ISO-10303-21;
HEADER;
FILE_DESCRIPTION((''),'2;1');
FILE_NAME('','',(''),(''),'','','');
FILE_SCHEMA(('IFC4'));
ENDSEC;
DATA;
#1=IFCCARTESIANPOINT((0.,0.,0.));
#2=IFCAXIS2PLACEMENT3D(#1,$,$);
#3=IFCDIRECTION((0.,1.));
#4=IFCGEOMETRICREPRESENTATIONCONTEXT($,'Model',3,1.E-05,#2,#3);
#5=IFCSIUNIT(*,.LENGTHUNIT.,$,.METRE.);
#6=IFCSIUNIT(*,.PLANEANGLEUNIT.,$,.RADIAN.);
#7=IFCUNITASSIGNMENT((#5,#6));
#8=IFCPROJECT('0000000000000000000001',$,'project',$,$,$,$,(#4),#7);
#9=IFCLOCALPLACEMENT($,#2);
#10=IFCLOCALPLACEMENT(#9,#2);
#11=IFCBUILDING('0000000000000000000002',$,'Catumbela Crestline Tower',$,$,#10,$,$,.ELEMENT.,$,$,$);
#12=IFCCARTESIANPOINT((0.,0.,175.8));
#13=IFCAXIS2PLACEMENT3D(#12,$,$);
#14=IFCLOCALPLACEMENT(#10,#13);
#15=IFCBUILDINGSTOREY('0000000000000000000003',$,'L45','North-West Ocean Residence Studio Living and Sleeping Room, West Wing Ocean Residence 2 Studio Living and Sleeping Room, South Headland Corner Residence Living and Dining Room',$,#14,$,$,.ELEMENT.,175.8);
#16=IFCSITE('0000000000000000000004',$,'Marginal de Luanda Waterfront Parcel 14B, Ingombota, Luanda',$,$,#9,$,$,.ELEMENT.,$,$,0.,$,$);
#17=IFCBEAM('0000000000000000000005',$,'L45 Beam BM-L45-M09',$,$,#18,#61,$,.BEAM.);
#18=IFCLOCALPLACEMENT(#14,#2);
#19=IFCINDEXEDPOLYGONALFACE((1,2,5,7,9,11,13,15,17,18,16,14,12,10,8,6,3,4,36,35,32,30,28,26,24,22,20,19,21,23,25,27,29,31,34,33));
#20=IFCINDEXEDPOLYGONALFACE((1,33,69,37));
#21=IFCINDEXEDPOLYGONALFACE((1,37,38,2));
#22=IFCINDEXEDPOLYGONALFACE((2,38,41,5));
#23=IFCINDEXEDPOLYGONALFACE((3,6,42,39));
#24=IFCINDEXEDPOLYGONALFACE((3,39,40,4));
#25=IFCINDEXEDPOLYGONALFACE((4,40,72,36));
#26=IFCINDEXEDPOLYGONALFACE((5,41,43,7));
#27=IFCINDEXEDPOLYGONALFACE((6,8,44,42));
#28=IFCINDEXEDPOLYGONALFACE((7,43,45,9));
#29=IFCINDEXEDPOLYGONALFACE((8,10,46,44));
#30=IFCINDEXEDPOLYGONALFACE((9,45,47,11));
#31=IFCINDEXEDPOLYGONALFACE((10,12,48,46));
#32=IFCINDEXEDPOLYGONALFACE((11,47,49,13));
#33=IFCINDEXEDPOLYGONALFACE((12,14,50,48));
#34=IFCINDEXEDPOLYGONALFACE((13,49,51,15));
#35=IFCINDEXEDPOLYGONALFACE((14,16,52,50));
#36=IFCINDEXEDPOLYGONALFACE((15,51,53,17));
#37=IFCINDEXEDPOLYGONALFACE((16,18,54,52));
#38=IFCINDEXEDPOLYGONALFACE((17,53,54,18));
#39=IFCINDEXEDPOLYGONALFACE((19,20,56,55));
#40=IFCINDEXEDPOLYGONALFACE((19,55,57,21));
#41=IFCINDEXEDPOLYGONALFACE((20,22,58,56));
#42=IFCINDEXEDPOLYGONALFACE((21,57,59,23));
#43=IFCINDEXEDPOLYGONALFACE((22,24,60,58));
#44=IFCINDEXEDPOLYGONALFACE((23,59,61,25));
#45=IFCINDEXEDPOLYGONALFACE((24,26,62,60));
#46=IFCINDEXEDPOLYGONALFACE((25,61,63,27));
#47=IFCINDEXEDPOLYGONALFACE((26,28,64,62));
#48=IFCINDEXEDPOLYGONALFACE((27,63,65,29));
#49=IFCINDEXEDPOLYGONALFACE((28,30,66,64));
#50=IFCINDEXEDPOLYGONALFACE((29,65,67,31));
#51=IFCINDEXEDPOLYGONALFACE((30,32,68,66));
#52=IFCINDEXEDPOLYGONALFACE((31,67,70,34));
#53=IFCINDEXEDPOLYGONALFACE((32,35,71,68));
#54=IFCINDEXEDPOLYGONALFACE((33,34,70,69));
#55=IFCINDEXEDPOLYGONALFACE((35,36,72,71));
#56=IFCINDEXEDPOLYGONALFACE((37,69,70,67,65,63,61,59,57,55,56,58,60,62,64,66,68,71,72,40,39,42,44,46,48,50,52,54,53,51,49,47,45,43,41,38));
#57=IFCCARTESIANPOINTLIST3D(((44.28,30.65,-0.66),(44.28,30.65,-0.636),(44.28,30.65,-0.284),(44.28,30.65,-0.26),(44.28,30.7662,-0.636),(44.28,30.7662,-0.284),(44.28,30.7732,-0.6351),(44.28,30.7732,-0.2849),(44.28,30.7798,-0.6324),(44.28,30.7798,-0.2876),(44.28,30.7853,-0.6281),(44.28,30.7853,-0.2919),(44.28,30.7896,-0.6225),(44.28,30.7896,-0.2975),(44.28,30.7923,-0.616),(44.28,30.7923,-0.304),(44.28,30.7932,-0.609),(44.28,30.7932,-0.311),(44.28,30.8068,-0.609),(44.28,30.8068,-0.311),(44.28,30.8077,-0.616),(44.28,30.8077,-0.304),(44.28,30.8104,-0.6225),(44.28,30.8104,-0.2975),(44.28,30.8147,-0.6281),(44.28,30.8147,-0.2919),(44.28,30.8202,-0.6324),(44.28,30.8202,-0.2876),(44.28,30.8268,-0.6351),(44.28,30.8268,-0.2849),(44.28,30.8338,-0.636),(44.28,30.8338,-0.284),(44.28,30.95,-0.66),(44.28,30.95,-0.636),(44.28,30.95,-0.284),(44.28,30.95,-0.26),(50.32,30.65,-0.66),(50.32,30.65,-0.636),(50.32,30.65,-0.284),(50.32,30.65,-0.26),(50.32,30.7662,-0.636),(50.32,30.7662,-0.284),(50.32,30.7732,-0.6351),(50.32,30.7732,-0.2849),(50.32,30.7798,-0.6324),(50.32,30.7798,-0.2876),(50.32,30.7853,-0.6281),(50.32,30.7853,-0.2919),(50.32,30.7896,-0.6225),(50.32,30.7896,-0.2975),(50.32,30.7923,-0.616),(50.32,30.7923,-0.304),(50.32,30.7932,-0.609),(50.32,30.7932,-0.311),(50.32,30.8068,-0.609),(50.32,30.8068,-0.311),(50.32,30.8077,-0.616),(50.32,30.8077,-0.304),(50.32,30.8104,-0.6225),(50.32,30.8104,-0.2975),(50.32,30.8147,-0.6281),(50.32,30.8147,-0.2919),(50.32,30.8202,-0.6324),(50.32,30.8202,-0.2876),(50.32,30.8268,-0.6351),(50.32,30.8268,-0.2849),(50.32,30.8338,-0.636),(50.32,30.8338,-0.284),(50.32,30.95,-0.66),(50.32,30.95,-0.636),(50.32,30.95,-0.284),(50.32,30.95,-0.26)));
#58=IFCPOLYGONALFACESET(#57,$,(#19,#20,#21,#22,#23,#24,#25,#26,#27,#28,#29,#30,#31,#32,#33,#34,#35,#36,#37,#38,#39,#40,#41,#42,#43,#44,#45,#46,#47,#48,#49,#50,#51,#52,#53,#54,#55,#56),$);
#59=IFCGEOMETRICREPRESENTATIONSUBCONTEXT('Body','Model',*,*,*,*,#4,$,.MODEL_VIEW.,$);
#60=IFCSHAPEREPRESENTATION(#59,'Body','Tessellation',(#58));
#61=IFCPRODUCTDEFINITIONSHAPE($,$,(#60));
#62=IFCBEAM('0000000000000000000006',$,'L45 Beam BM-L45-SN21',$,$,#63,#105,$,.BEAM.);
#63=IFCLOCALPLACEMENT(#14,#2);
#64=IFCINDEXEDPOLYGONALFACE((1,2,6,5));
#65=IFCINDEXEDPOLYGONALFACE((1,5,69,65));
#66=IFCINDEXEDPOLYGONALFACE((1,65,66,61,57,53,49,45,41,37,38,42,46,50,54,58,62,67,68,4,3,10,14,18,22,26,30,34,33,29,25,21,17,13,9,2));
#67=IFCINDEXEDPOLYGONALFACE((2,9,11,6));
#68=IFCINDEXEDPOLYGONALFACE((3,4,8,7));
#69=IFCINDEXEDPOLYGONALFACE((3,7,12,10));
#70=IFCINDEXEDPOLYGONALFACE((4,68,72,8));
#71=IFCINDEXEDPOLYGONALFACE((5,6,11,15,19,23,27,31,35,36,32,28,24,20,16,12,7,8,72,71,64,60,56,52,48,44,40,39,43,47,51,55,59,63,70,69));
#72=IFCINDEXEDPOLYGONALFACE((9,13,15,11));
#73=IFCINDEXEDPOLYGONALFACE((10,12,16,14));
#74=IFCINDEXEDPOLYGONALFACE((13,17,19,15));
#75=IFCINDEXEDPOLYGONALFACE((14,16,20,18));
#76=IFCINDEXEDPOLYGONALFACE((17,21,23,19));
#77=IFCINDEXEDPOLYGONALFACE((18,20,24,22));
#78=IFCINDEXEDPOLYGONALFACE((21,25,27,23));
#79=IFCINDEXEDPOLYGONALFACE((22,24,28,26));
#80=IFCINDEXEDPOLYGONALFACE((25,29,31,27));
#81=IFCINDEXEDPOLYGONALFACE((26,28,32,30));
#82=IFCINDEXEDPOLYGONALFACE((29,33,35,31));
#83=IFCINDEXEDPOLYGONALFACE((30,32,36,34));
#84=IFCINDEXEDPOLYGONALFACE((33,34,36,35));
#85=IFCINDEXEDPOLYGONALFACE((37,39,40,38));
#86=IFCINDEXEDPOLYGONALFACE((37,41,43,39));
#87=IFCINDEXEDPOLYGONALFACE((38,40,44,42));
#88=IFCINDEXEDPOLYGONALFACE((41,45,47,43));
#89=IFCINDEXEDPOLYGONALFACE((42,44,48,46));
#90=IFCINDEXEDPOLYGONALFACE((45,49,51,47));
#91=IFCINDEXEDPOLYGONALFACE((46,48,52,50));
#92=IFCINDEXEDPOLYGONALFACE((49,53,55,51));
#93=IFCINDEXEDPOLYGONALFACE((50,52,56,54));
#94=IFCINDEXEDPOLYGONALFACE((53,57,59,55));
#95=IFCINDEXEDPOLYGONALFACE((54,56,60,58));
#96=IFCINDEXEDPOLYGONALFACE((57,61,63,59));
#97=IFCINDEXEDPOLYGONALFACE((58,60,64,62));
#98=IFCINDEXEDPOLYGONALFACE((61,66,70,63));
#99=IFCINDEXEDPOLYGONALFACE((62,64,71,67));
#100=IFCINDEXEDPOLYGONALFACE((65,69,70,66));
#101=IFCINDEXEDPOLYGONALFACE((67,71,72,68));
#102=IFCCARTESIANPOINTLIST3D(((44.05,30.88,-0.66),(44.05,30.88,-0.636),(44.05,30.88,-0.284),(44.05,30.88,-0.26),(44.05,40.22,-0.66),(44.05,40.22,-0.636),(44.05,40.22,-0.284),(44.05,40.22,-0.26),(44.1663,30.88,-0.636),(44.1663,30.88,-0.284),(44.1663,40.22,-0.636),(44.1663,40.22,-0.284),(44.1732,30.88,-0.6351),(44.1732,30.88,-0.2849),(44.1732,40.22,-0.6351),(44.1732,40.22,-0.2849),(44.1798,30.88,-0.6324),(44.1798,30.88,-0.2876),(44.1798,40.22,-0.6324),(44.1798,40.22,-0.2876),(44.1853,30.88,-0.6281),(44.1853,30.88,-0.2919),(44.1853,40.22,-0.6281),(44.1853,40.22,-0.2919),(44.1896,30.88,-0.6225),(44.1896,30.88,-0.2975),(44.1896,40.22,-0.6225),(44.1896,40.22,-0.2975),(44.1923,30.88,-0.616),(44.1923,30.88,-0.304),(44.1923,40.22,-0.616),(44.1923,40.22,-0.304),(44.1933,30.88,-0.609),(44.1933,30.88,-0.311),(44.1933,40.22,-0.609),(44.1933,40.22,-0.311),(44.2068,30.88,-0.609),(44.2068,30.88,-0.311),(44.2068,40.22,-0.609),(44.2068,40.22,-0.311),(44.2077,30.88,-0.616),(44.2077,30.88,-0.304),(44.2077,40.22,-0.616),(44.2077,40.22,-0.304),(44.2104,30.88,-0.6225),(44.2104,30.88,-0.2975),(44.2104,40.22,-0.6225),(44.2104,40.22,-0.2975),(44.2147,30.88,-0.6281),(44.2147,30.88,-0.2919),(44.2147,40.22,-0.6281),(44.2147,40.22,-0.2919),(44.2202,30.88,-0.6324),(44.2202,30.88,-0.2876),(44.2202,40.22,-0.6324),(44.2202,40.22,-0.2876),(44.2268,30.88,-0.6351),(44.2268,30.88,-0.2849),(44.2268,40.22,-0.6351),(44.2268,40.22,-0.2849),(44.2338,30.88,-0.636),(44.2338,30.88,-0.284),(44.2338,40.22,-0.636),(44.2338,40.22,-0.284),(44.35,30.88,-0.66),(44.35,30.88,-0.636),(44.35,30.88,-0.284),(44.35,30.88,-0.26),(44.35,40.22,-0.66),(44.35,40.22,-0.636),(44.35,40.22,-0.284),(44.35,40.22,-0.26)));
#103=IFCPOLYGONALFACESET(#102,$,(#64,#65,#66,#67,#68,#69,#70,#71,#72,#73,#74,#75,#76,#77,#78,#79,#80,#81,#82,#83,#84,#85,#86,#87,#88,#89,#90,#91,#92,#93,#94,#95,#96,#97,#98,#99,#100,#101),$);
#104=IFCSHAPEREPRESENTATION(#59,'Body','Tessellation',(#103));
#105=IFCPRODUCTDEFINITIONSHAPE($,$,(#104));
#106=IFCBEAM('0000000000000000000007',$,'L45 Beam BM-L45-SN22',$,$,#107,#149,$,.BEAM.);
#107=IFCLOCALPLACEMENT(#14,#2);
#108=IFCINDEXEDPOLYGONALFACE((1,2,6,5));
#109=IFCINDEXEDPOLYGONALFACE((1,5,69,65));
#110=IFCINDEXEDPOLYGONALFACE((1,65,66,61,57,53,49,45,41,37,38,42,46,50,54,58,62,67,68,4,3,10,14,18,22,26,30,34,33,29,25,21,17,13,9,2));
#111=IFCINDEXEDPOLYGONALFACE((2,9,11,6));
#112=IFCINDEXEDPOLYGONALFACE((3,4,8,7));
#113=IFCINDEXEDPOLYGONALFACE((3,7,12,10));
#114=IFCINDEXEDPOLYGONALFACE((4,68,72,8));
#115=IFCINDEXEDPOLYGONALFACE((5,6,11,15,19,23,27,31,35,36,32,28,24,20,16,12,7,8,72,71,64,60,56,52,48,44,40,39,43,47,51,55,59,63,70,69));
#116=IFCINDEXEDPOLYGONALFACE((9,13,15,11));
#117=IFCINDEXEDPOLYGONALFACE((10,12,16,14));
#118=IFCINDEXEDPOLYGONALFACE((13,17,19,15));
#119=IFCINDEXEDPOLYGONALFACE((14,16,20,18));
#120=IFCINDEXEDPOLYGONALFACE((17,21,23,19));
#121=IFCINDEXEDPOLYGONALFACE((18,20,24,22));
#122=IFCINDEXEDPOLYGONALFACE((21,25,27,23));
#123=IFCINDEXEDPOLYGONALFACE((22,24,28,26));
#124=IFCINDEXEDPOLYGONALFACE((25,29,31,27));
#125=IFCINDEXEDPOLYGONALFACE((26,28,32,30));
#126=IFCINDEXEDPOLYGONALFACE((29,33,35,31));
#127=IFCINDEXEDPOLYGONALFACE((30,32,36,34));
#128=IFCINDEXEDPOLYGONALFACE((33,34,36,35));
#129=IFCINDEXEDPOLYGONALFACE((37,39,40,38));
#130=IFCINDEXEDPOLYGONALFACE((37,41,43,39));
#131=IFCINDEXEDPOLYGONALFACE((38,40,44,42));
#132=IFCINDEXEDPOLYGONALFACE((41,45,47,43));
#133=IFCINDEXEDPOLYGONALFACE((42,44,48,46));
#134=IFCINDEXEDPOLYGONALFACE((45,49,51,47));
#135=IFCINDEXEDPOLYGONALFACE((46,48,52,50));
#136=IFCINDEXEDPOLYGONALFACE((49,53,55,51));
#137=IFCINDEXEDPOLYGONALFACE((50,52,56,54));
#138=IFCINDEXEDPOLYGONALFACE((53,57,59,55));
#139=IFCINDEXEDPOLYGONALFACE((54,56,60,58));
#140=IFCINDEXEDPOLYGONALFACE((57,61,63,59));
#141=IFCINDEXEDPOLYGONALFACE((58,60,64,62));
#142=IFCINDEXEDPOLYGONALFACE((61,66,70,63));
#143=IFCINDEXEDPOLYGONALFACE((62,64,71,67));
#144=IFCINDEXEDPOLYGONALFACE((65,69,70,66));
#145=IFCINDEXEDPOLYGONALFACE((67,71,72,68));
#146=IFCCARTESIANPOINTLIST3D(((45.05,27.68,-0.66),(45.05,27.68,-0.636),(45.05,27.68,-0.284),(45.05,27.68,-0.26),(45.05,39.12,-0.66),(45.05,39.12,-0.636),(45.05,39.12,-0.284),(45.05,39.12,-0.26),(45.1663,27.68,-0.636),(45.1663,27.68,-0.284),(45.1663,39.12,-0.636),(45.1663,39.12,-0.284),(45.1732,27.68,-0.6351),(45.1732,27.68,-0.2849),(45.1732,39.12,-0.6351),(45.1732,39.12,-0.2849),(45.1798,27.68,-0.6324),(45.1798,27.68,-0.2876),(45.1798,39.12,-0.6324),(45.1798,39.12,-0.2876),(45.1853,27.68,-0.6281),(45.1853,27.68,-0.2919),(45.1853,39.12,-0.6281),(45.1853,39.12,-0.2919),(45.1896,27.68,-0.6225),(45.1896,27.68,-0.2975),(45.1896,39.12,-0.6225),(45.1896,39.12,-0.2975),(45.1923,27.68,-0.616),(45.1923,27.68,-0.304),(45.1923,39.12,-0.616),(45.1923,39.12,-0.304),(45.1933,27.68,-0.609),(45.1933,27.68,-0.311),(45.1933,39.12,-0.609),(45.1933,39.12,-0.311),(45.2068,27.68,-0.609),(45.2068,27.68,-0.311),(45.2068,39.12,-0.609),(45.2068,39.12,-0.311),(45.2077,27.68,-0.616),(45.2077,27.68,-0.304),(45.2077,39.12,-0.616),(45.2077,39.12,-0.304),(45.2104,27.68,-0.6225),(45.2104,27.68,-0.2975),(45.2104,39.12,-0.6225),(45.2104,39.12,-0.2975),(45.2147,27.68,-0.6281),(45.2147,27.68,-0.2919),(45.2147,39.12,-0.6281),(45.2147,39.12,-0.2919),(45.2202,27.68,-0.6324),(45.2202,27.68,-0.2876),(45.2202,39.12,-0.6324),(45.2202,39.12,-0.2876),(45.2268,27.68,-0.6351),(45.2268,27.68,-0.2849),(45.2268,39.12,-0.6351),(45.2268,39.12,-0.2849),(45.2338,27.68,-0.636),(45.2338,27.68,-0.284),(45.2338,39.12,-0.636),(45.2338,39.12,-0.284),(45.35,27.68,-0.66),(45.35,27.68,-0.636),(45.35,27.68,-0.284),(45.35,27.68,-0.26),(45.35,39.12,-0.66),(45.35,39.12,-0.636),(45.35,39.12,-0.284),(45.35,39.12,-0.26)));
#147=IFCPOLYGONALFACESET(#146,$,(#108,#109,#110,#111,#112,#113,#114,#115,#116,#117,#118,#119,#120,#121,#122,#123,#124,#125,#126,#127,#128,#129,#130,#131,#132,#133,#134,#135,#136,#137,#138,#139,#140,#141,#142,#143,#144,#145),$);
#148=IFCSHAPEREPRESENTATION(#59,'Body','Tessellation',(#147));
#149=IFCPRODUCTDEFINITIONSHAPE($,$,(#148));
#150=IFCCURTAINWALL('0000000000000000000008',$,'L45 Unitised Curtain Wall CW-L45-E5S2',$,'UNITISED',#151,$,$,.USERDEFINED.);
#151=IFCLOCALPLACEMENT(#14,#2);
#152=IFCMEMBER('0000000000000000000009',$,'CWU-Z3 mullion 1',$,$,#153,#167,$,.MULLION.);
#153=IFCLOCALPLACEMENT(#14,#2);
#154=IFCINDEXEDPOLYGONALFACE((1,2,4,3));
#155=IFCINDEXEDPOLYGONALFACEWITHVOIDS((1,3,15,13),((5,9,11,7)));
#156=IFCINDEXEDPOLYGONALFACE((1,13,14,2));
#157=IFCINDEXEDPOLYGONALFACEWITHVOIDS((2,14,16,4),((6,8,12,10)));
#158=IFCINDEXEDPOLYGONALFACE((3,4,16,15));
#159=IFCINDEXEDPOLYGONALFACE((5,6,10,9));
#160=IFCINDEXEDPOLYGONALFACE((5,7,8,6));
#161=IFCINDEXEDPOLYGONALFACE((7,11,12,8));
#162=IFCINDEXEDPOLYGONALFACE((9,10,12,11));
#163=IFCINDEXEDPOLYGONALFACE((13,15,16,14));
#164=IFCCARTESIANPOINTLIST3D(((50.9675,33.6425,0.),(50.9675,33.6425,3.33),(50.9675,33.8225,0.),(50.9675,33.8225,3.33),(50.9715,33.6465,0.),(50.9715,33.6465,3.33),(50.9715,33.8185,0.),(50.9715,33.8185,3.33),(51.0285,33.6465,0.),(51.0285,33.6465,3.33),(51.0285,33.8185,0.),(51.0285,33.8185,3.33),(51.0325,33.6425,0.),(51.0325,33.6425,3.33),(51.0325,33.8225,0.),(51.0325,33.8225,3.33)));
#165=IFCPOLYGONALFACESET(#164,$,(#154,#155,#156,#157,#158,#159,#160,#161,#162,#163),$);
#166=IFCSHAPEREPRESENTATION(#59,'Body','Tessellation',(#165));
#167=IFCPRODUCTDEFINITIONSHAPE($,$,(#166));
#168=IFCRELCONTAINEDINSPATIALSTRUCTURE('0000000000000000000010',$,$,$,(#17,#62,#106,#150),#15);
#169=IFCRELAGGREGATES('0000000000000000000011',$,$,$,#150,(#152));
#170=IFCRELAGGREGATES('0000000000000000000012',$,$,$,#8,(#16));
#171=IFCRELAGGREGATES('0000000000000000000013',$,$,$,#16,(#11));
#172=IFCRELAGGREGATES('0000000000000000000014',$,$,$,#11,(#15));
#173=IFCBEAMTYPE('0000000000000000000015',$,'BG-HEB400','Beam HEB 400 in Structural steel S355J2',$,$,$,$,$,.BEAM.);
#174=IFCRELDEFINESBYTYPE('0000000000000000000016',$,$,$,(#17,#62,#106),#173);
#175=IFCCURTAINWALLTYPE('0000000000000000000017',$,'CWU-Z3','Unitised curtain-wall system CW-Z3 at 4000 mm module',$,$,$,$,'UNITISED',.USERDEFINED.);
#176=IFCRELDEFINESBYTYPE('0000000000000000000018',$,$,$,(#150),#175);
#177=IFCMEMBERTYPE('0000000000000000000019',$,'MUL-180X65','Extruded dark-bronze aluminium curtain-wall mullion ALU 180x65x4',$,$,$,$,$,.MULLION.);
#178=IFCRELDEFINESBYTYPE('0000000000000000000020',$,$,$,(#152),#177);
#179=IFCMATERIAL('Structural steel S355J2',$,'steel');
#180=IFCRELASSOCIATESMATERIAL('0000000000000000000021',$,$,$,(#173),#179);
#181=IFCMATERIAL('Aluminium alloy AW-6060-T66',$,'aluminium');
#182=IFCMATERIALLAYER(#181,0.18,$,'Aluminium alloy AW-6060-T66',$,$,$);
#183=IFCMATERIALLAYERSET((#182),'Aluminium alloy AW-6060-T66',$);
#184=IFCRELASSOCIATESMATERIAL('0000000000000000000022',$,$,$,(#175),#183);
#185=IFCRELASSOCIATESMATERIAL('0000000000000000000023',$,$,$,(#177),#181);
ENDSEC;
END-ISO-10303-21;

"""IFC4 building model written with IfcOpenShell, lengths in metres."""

from ifc_helpers import new_model, si_unit, direction, frame, origin, origin_2d, place, context, subcontext, project, spatial, hollow_rectangle, i_section, extrude, material, layer, layer_set, material_profile, profile_set, type_object, element, aggregate, save


model = new_model("IFC4")

# Units and contexts
model_context = context("Model", 3, precision=1e-05, world=origin(), true_north=direction((0.0, 1.0)))
body_context = subcontext(model_context, "Body", "Model", "MODEL_VIEW")
ifc_project = project(units=[si_unit("LENGTHUNIT", "METRE"), si_unit("PLANEANGLEUNIT", "RADIAN")], contexts=[model_context])

# Site, building, storey
site_placement = place(None, origin())
site = spatial("IfcSite", under=ifc_project, at=site_placement, Name="Marginal de Luanda Waterfront Parcel 14B, Ingombota, Luanda", CompositionType="ELEMENT", RefElevation=0.0)
building_placement = place(site_placement, origin())
building = spatial("IfcBuilding", under=site, at=building_placement, Name="Catumbela Crestline Tower", CompositionType="ELEMENT")
storey_placement = place(building_placement, frame((0.0, 0.0, 175.8)))
storey = spatial("IfcBuildingStorey", under=building, at=storey_placement, Name="L45", Description="North-West Ocean Residence Studio Living and Sleeping Room, West Wing Ocean Residence 2 Studio Living and Sleeping Room, South Headland Corner Residence Living and Dining Room", CompositionType="ELEMENT", Elevation=175.8)

# Shared definitions
ifc_material_1 = material(Name="Structural steel S355J2", Category="steel")

# Beams
ifc_material_profile_1 = material_profile(ifc_material_1, i_section(OverallWidth=0.3, OverallDepth=0.4, WebThickness=0.0135, FlangeThickness=0.024, FilletRadius=0.027, at=origin_2d()), Name="HEB 400")
ifc_profile_set_1 = profile_set([ifc_material_profile_1], Name="Structural steel S355J2")
beam_type_1 = type_object("IfcBeamType", Name="BG-HEB400", Description="Beam HEB 400 in Structural steel S355J2", PredefinedType="BEAM", material=ifc_profile_set_1)
beam_1_placement = place(storey_placement, frame((44.28, 30.8, -0.46), z_axis=(1.0, 0.0, 0.0), x_axis=(0.0, 1.0, 0.0)))
element("IfcBeam", 1, at=beam_1_placement, inside=storey, type_object=beam_type_1, Name="L45 Beam BM-L45-M09", PredefinedType="BEAM", context=body_context, shape_type="SweptSolid", body=[
    extrude(i_section(OverallWidth=0.3, OverallDepth=0.4, WebThickness=0.0135, FlangeThickness=0.024, FilletRadius=0.027, at=origin_2d()), origin(), (0.0, 0.0, 1.0), 6.04),
])
beam_2_placement = place(storey_placement, frame((44.2, 30.88, -0.46), z_axis=(0.0, 1.0, 0.0), x_axis=(-1.0, 0.0, 0.0)))
element("IfcBeam", 2, at=beam_2_placement, inside=storey, type_object=beam_type_1, Name="L45 Beam BM-L45-SN21", PredefinedType="BEAM", context=body_context, shape_type="SweptSolid", body=[
    extrude(i_section(OverallWidth=0.3, OverallDepth=0.4, WebThickness=0.0135, FlangeThickness=0.024, FilletRadius=0.027, at=origin_2d()), origin(), (0.0, 0.0, 1.0), 9.34),
])
beam_3_placement = place(storey_placement, frame((45.2, 27.68, -0.46), z_axis=(0.0, 1.0, 0.0), x_axis=(-1.0, 0.0, 0.0)))
element("IfcBeam", 3, at=beam_3_placement, inside=storey, type_object=beam_type_1, Name="L45 Beam BM-L45-SN22", PredefinedType="BEAM", context=body_context, shape_type="SweptSolid", body=[
    extrude(i_section(OverallWidth=0.3, OverallDepth=0.4, WebThickness=0.0135, FlangeThickness=0.024, FilletRadius=0.027, at=origin_2d()), origin(), (0.0, 0.0, 1.0), 11.44),
])

# Curtain wall, member
ifc_material_2 = material(Name="Aluminium alloy AW-6060-T66", Category="aluminium")
ifc_layer_1 = layer(ifc_material_2, 0.18, Name="Aluminium alloy AW-6060-T66")
ifc_layer_set_1 = layer_set([ifc_layer_1], Name="Aluminium alloy AW-6060-T66")
curtain_wall_type = type_object("IfcCurtainWallType", Name="CWU-Z3", Description="Unitised curtain-wall system CW-Z3 at 4000 mm module", ElementType="UNITISED", PredefinedType="USERDEFINED", material=ifc_layer_set_1)
curtain_wall_placement = place(storey_placement, origin())
curtain_wall = element("IfcCurtainWall", 4, at=curtain_wall_placement, inside=storey, type_object=curtain_wall_type, Name="L45 Unitised Curtain Wall CW-L45-E5S2", ObjectType="UNITISED", PredefinedType="USERDEFINED")
ifc_material_profile_2 = material_profile(ifc_material_2, hollow_rectangle(XDim=0.065, YDim=0.18, WallThickness=0.004, at=origin_2d()), Name="ALU 180x65x4")
ifc_profile_set_2 = profile_set([ifc_material_profile_2], Name="Aluminium alloy AW-6060-T66")
member_type_1 = type_object("IfcMemberType", Name="MUL-180X65", Description="Extruded dark-bronze aluminium curtain-wall mullion ALU 180x65x4", PredefinedType="MULLION", material=ifc_profile_set_2)
member_1_placement = place(storey_placement, frame((51.0, 33.7325, 0.0), z_axis=(0.0, 0.0, 1.0), x_axis=(-1.0, 0.0, 0.0)))
member_1 = element("IfcMember", 5, at=member_1_placement, type_object=member_type_1, Name="CWU-Z3 mullion 1", PredefinedType="MULLION", context=body_context, shape_type="SweptSolid", body=[
    extrude(hollow_rectangle(XDim=0.065, YDim=0.18, WallThickness=0.004, at=origin_2d()), origin(), (0.0, 0.0, 1.0), 3.33),
])

aggregate(curtain_wall, [member_1])

save(model, "model.ifc")
